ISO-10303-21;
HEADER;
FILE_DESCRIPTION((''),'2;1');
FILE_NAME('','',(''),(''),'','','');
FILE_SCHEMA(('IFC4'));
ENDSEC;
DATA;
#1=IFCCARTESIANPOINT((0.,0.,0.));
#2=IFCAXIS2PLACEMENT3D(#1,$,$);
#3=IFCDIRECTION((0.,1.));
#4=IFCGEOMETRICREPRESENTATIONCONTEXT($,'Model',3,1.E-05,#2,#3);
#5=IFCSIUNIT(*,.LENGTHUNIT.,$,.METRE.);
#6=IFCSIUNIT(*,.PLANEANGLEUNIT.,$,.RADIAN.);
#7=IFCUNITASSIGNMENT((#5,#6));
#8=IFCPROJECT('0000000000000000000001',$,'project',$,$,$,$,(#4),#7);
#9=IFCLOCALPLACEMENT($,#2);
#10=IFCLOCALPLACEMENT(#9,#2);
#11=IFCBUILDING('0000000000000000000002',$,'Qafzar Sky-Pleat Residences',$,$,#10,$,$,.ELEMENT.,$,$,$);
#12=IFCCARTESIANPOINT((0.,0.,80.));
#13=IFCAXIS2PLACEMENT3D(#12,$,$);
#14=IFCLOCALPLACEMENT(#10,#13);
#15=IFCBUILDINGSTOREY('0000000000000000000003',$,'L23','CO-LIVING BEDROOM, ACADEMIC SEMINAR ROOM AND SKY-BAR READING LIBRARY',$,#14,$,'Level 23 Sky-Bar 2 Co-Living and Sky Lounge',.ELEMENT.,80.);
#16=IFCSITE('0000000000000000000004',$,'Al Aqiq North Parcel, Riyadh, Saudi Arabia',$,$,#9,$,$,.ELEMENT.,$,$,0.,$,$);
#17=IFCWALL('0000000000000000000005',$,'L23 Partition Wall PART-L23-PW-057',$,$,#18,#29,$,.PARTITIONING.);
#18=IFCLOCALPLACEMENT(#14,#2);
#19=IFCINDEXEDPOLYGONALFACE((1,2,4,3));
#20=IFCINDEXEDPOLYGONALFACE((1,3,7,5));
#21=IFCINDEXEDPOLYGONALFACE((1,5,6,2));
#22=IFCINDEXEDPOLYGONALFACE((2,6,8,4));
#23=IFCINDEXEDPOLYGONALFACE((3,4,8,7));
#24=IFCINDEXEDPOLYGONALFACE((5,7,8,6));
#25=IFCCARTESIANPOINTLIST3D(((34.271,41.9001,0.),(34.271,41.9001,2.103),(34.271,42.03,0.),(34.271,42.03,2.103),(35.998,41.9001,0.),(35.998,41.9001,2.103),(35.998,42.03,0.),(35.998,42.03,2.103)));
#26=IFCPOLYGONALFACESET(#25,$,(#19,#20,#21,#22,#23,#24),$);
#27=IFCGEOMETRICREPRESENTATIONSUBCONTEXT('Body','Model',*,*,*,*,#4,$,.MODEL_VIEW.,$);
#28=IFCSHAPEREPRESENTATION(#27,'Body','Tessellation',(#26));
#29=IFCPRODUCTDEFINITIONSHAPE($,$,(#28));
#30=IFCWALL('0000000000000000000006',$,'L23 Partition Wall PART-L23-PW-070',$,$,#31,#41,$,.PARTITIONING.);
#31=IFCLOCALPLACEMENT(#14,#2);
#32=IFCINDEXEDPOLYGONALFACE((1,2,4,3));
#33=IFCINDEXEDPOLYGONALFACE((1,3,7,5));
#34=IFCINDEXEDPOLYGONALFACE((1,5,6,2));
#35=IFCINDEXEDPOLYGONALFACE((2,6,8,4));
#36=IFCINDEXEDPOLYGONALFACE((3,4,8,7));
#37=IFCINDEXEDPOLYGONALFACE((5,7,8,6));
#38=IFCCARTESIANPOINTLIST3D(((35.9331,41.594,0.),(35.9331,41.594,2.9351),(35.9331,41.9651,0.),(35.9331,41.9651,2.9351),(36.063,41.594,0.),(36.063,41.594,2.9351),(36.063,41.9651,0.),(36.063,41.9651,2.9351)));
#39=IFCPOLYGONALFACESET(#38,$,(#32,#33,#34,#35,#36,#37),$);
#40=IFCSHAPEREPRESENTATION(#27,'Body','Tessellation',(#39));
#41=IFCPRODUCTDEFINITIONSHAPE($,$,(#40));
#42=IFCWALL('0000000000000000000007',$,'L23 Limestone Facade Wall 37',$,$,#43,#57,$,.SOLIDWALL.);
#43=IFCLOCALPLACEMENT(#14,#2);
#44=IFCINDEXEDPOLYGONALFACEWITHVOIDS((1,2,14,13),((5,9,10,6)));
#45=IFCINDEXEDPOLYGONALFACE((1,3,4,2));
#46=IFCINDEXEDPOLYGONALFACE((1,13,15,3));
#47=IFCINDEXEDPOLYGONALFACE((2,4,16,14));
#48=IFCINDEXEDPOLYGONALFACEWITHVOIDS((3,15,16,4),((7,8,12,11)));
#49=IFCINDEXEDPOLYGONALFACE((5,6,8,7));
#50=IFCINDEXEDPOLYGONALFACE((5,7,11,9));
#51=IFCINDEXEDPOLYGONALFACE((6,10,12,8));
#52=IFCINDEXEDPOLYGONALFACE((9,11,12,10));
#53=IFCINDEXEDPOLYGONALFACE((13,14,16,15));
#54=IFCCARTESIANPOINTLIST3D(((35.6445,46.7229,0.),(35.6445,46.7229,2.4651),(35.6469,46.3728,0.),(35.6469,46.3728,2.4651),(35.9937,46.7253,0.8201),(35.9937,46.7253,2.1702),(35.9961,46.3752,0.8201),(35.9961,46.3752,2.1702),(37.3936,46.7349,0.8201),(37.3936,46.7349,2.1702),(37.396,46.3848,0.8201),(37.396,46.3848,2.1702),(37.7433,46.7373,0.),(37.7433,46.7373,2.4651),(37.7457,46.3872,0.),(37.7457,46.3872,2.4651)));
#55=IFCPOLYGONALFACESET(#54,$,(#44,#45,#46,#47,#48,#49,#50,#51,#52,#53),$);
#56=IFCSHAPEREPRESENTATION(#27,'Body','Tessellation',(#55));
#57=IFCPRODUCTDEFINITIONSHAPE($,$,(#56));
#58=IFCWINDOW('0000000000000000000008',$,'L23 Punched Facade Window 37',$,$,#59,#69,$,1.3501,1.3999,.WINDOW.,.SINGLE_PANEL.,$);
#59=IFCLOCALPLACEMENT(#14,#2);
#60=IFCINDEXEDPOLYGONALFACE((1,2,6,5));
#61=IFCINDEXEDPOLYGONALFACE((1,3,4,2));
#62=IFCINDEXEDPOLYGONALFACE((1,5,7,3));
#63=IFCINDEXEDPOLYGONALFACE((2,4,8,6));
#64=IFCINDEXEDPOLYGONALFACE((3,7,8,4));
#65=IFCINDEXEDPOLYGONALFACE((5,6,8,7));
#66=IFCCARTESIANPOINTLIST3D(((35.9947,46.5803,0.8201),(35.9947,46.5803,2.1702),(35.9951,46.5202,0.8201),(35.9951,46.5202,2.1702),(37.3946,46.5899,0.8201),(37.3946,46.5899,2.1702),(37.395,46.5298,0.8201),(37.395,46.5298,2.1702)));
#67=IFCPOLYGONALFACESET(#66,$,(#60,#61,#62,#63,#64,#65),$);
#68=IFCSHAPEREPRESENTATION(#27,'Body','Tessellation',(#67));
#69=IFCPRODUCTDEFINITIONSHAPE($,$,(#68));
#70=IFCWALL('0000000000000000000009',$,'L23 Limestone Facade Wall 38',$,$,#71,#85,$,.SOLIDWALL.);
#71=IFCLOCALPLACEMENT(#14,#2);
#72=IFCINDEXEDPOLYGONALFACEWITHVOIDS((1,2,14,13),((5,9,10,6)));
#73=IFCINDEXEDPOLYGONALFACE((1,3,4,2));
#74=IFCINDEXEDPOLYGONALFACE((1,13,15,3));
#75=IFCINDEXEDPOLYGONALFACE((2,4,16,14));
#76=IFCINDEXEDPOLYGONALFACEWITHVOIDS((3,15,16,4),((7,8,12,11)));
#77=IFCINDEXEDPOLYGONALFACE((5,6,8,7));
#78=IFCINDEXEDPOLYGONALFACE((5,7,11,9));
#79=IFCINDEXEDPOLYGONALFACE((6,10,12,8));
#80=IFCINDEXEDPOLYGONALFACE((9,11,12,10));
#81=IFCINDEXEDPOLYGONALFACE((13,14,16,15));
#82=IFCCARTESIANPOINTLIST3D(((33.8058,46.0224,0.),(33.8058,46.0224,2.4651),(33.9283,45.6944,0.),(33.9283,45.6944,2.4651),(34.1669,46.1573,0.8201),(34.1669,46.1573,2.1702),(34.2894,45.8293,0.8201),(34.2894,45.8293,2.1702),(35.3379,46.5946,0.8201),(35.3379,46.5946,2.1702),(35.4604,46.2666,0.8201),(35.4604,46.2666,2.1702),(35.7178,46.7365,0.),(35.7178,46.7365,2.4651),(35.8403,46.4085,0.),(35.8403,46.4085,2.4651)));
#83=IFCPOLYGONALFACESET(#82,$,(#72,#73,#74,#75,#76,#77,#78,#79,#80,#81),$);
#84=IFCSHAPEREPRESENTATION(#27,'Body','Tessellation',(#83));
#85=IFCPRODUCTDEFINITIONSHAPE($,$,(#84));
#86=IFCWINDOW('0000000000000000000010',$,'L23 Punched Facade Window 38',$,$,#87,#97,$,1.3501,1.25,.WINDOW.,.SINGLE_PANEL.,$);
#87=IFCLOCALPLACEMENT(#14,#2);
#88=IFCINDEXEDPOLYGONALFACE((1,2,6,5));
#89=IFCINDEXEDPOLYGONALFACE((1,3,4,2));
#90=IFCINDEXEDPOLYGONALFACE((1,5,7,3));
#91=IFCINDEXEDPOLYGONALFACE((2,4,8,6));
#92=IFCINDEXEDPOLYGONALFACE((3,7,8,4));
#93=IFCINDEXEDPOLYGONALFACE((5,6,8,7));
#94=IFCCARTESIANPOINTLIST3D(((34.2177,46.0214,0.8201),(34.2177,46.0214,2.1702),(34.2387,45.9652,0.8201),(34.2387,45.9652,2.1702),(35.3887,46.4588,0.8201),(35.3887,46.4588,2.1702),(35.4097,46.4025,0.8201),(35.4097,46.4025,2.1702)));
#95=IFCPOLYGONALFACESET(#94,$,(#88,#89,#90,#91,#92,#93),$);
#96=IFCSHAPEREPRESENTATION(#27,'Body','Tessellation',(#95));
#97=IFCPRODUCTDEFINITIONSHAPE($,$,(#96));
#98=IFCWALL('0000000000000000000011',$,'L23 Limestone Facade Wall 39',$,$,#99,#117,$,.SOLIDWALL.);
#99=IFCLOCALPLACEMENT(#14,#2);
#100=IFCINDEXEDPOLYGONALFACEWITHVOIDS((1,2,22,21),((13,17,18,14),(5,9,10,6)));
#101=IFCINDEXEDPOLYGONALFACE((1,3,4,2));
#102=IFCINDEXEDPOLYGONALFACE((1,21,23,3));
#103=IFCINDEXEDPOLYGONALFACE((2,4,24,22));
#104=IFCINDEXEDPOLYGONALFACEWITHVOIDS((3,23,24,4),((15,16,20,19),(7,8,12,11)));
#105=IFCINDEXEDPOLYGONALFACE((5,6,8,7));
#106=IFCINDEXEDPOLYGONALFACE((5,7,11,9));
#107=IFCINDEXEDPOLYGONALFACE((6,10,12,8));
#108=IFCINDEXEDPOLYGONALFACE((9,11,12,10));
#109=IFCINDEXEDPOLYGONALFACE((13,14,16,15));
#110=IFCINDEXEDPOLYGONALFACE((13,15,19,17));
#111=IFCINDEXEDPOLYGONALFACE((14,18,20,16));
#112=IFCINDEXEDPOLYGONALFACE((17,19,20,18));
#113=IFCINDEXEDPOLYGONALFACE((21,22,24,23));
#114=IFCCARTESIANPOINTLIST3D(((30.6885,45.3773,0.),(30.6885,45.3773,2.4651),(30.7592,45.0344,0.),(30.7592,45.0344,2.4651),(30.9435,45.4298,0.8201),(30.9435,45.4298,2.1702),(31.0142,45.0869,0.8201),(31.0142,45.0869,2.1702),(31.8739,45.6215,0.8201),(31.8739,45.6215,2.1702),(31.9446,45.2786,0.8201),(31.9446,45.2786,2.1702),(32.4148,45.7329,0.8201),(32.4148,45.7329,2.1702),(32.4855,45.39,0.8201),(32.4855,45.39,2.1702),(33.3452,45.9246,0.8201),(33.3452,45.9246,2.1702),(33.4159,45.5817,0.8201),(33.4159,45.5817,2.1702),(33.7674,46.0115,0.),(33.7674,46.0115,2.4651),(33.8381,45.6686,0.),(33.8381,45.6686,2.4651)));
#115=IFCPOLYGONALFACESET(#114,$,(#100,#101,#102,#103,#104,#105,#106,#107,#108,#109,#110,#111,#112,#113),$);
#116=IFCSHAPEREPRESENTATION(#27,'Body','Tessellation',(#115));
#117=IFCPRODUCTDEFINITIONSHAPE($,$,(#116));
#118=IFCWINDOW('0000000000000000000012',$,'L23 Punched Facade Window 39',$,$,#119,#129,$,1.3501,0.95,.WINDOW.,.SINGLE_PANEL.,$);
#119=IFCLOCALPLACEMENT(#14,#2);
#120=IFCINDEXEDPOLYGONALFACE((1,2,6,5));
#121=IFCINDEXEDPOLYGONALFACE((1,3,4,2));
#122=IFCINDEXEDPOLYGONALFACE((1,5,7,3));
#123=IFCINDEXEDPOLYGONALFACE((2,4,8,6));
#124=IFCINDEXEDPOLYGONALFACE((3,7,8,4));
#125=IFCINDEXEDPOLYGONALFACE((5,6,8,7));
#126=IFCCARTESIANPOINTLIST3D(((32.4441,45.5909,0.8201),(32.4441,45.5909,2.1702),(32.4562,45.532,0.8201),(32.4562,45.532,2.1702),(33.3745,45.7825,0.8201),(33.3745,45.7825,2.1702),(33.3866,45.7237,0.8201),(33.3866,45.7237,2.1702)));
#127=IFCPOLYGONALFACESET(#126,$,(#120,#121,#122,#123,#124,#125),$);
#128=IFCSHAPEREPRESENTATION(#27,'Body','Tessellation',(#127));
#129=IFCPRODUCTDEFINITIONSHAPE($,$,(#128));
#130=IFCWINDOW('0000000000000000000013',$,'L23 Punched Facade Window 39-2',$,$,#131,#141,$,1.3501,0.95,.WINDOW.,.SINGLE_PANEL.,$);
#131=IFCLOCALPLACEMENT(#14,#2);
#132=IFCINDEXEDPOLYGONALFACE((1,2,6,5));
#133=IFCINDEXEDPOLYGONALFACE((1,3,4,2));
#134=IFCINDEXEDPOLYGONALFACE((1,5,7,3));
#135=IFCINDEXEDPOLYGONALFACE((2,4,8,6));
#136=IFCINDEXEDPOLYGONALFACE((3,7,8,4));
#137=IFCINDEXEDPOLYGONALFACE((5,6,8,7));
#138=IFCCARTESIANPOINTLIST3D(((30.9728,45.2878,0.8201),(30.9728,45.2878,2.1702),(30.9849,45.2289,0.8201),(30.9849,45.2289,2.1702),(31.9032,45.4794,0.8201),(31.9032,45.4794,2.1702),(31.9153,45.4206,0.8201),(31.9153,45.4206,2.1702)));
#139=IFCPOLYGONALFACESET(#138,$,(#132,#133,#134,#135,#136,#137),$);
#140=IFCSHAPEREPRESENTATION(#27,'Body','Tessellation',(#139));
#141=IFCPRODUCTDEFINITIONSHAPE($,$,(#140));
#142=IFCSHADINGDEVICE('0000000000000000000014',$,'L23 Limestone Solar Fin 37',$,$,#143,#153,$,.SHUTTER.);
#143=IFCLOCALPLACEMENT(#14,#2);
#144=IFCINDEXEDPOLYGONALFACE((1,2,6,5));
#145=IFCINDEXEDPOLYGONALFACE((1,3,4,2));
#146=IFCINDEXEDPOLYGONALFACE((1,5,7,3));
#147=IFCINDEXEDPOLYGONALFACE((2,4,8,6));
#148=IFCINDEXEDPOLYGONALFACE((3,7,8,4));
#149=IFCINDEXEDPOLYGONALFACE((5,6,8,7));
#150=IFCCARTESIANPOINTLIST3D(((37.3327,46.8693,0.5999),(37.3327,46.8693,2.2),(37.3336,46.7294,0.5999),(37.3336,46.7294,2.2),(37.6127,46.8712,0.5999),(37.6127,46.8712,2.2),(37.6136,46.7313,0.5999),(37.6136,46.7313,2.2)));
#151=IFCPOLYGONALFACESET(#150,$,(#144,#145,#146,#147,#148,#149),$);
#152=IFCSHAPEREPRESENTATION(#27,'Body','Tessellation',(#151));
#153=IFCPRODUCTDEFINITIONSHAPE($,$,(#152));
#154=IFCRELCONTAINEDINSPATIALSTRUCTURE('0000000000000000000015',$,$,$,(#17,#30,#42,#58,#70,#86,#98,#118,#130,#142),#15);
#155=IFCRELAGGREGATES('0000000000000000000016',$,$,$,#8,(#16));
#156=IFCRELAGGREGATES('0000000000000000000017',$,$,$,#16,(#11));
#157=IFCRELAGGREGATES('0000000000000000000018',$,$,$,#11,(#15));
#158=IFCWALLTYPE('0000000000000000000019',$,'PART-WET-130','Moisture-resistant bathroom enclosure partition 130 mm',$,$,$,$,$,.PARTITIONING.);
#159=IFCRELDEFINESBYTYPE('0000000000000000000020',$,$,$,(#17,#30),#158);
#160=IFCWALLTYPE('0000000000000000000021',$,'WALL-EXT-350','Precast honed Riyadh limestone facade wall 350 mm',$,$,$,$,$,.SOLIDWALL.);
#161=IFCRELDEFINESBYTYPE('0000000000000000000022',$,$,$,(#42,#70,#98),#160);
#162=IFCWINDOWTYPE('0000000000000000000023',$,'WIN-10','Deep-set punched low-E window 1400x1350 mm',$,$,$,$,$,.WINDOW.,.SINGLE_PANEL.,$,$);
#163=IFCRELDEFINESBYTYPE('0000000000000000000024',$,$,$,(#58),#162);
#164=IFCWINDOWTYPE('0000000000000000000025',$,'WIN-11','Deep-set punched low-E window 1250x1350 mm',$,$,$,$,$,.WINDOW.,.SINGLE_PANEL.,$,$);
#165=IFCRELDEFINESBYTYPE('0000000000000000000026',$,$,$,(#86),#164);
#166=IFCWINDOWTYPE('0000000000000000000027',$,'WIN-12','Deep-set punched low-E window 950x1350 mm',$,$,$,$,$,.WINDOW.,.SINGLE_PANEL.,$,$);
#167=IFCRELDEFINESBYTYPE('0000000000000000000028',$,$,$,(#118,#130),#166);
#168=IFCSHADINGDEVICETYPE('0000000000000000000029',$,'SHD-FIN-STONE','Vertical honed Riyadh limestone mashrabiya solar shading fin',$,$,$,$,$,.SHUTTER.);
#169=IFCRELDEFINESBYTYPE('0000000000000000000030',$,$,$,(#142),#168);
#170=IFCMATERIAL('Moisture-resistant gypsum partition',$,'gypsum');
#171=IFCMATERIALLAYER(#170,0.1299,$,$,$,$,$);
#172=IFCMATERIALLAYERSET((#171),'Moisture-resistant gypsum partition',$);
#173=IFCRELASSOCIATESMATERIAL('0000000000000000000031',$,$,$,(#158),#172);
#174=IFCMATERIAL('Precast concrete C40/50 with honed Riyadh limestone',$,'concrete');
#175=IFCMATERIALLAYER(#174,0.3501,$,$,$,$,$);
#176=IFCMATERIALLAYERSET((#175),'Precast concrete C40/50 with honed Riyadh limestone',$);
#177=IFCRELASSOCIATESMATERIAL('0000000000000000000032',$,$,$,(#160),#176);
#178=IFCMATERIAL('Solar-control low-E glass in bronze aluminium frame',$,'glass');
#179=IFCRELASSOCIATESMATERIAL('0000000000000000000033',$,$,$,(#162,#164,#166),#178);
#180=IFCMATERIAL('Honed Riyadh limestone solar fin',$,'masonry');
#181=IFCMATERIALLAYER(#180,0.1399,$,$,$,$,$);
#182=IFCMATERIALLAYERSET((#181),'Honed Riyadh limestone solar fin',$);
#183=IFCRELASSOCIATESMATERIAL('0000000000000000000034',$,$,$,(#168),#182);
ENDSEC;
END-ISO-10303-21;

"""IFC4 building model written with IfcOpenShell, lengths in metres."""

from ifc_helpers import new_model, si_unit, direction, frame, frame_2d, origin, origin_2d, place, context, subcontext, project, spatial, rectangle, extrude, source, transform, mapped, material, layer, layer_set, type_object, element, fill, save


model = new_model("IFC4")

# Units and contexts
model_context = context("Model", 3, precision=1e-05, world=origin(), true_north=direction((0.0, 1.0)))
body_context = subcontext(model_context, "Body", "Model", "MODEL_VIEW")
ifc_project = project(units=[si_unit("LENGTHUNIT", "METRE"), si_unit("PLANEANGLEUNIT", "RADIAN")], contexts=[model_context])

# Site, building, storey
site_placement = place(None, origin())
site = spatial("IfcSite", under=ifc_project, at=site_placement, Name="Al Aqiq North Parcel, Riyadh, Saudi Arabia", CompositionType="ELEMENT", RefElevation=0.0)
building_placement = place(site_placement, origin())
building = spatial("IfcBuilding", under=site, at=building_placement, Name="Qafzar Sky-Pleat Residences", CompositionType="ELEMENT")
storey_placement = place(building_placement, frame((0.0, 0.0, 80.0)))
storey = spatial("IfcBuildingStorey", under=building, at=storey_placement, Name="L23", Description="CO-LIVING BEDROOM, ACADEMIC SEMINAR ROOM AND SKY-BAR READING LIBRARY", LongName="Level 23 Sky-Bar 2 Co-Living and Sky Lounge", CompositionType="ELEMENT", Elevation=80.0)

# Shared definitions
ifc_material_1 = material(Name="Moisture-resistant gypsum partition", Category="gypsum")
ifc_layer_1 = layer(ifc_material_1, 0.1299)
ifc_layer_set_1 = layer_set([ifc_layer_1], Name="Moisture-resistant gypsum partition")
wall_type_1 = type_object("IfcWallType", Name="PART-WET-130", Description="Moisture-resistant bathroom enclosure partition 130 mm", PredefinedType="PARTITIONING", material=ifc_layer_set_1)

# Walls
wall_1_placement = place(storey_placement, frame((34.271, 41.9651, 0.0), z_axis=(0.0, 0.0, 1.0), x_axis=(1.0, 0.0, 0.0)))
element("IfcWall", 1, at=wall_1_placement, inside=storey, type_object=wall_type_1, Name="L23 Partition Wall PART-L23-PW-057", PredefinedType="PARTITIONING", context=body_context, shape_type="SweptSolid", body=[
    extrude(rectangle(XDim=1.7271, YDim=0.1299, at=frame_2d((0.8635, 0.0))), origin(), (0.0, 0.0, 1.0), 2.103),
])
wall_2_placement = place(storey_placement, frame((35.998, 41.594, 0.0), z_axis=(0.0, 0.0, 1.0), x_axis=(0.0, 1.0, 0.0)))
element("IfcWall", 2, at=wall_2_placement, inside=storey, type_object=wall_type_1, Name="L23 Partition Wall PART-L23-PW-070", PredefinedType="PARTITIONING", context=body_context, shape_type="SweptSolid", body=[
    extrude(rectangle(XDim=0.3711, YDim=0.1299, at=frame_2d((0.1855, 0.0))), origin(), (0.0, 0.0, 1.0), 2.9351),
])

# Walls, openings, windows
ifc_material_2 = material(Name="Precast concrete C40/50 with honed Riyadh limestone", Category="concrete")
ifc_layer_2 = layer(ifc_material_2, 0.3501)
ifc_layer_set_2 = layer_set([ifc_layer_2], Name="Precast concrete C40/50 with honed Riyadh limestone")
wall_type_2 = type_object("IfcWallType", Name="WALL-EXT-350", Description="Precast honed Riyadh limestone facade wall 350 mm", PredefinedType="SOLIDWALL", material=ifc_layer_set_2)
wall_3_placement = place(storey_placement, frame((37.7444, 46.5623, 0.0), z_axis=(0.0, 0.0, 1.0), x_axis=(-0.999976, -0.006863, 0.0)))
wall_3 = element("IfcWall", 3, at=wall_3_placement, inside=storey, type_object=wall_type_2, Name="L23 Limestone Facade Wall 37", PredefinedType="SOLIDWALL", context=body_context, shape_type="SweptSolid", body=[
    extrude(rectangle(XDim=2.0989, YDim=0.3501, at=frame_2d((1.0493, 0.0))), origin(), (0.0, 0.0, 1.0), 2.4651),
])
opening_1_placement = place(wall_3_placement, frame((0.3496, 0.0, 0.8201)))
opening_1 = element("IfcOpeningElement", 4, at=opening_1_placement, cuts=wall_3, PredefinedType="OPENING", context=body_context, shape_type="SweptSolid", body=[
    extrude(rectangle(XDim=1.3999, YDim=1.3501, at=frame_2d((0.7, 0.675))), frame((0.0, 0.1851, 0.0), z_axis=(0.0, -1.0, 0.0), x_axis=(1.0, 0.0, 0.0)), (0.0, 0.0, 1.0), 0.3701),
])
ifc_material_3 = material(Name="Solar-control low-E glass in bronze aluminium frame", Category="glass")
window_type_1 = type_object("IfcWindowType", Name="WIN-10", Description="Deep-set punched low-E window 1400x1350 mm", PartitioningType="SINGLE_PANEL", PredefinedType="WINDOW", material=ifc_material_3)
shared_shape_1 = source(origin(), body_context, "Body", "SweptSolid", [
    extrude(rectangle(XDim=1.3999, YDim=1.3501, at=frame_2d((0.7, 0.675))), frame((0.0, 0.03, 0.0), z_axis=(0.0, -1.0, 0.0), x_axis=(1.0, 0.0, 0.0)), (0.0, 0.0, 1.0), 0.0601),
])
window_1_placement = place(opening_1_placement, origin())
window_1 = element("IfcWindow", 5, at=window_1_placement, inside=storey, type_object=window_type_1, Name="L23 Punched Facade Window 37", OverallHeight=1.3501, OverallWidth=1.3999, PartitioningType="SINGLE_PANEL", PredefinedType="WINDOW", context=body_context, shape_type="MappedRepresentation", body=[
    mapped(shared_shape_1, transform((0.0, 0.0, 0.0), x_axis=(1.0, 0.0, 0.0), y_axis=(0.0, 1.0, 0.0), z_axis=(0.0, 0.0, 1.0), scale=1.0)),
])
fill(opening_1, window_1)
wall_4_placement = place(storey_placement, frame((35.7791, 46.5725, 0.0), z_axis=(0.0, 0.0, 1.0), x_axis=(-0.9368, -0.349865, 0.0)))
wall_4 = element("IfcWall", 6, at=wall_4_placement, inside=storey, type_object=wall_type_2, Name="L23 Limestone Facade Wall 38", PredefinedType="SOLIDWALL", context=body_context, shape_type="SweptSolid", body=[
    extrude(rectangle(XDim=2.041, YDim=0.3501, at=frame_2d((1.0205, 0.0))), origin(), (0.0, 0.0, 1.0), 2.4651),
])
opening_2_placement = place(wall_4_placement, frame((0.4055, 0.0, 0.8201)))
opening_2 = element("IfcOpeningElement", 7, at=opening_2_placement, cuts=wall_4, PredefinedType="OPENING", context=body_context, shape_type="SweptSolid", body=[
    extrude(rectangle(XDim=1.25, YDim=1.3501, at=frame_2d((0.625, 0.675))), frame((0.0, 0.1851, 0.0), z_axis=(0.0, -1.0, 0.0), x_axis=(1.0, 0.0, 0.0)), (0.0, 0.0, 1.0), 0.3701),
])
window_type_2 = type_object("IfcWindowType", Name="WIN-11", Description="Deep-set punched low-E window 1250x1350 mm", PartitioningType="SINGLE_PANEL", PredefinedType="WINDOW", material=ifc_material_3)
shared_shape_2 = source(origin(), body_context, "Body", "SweptSolid", [
    extrude(rectangle(XDim=1.25, YDim=1.3501, at=frame_2d((0.625, 0.675))), frame((0.0, 0.03, 0.0), z_axis=(0.0, -1.0, 0.0), x_axis=(1.0, 0.0, 0.0)), (0.0, 0.0, 1.0), 0.0601),
])
window_2_placement = place(opening_2_placement, origin())
window_2 = element("IfcWindow", 8, at=window_2_placement, inside=storey, type_object=window_type_2, Name="L23 Punched Facade Window 38", OverallHeight=1.3501, OverallWidth=1.25, PartitioningType="SINGLE_PANEL", PredefinedType="WINDOW", context=body_context, shape_type="MappedRepresentation", body=[
    mapped(shared_shape_2, transform((0.0, 0.0, 0.0), x_axis=(1.0, 0.0, 0.0), y_axis=(0.0, 1.0, 0.0), z_axis=(0.0, 0.0, 1.0), scale=1.0)),
])
fill(opening_2, window_2)

# Wall, openings, windows
wall_5_placement = place(storey_placement, frame((33.8027, 45.8401, 0.0), z_axis=(0.0, 0.0, 1.0), x_axis=(-0.979432, -0.201773, 0.0)))
wall_5 = element("IfcWall", 9, at=wall_5_placement, inside=storey, type_object=wall_type_2, Name="L23 Limestone Facade Wall 39", PredefinedType="SOLIDWALL", context=body_context, shape_type="SweptSolid", body=[
    extrude(rectangle(XDim=3.1436, YDim=0.3501, at=frame_2d((1.5718, 0.0))), origin(), (0.0, 0.0, 1.0), 2.4651),
])
opening_3_placement = place(wall_5_placement, frame((0.4309, 0.0, 0.8201)))
opening_3 = element("IfcOpeningElement", 10, at=opening_3_placement, cuts=wall_5, PredefinedType="OPENING", context=body_context, shape_type="SweptSolid", body=[
    extrude(rectangle(XDim=0.95, YDim=1.3501, at=frame_2d((0.4751, 0.675))), frame((0.0, 0.1851, 0.0), z_axis=(0.0, -1.0, 0.0), x_axis=(1.0, 0.0, 0.0)), (0.0, 0.0, 1.0), 0.3701),
])
opening_4_placement = place(wall_5_placement, frame((1.9331, 0.0, 0.8201)))
opening_4 = element("IfcOpeningElement", 11, at=opening_4_placement, cuts=wall_5, PredefinedType="OPENING", context=body_context, shape_type="SweptSolid", body=[
    extrude(rectangle(XDim=0.95, YDim=1.3501, at=frame_2d((0.4751, 0.675))), frame((0.0, 0.1851, 0.0), z_axis=(0.0, -1.0, 0.0), x_axis=(1.0, 0.0, 0.0)), (0.0, 0.0, 1.0), 0.3701),
])
window_type_3 = type_object("IfcWindowType", Name="WIN-12", Description="Deep-set punched low-E window 950x1350 mm", PartitioningType="SINGLE_PANEL", PredefinedType="WINDOW", material=ifc_material_3)
shared_shape_3 = source(origin(), body_context, "Body", "SweptSolid", [
    extrude(rectangle(XDim=0.95, YDim=1.3501, at=frame_2d((0.4751, 0.675))), frame((0.0, 0.03, 0.0), z_axis=(0.0, -1.0, 0.0), x_axis=(1.0, 0.0, 0.0)), (0.0, 0.0, 1.0), 0.0601),
])
window_3_placement = place(opening_3_placement, origin())
window_3 = element("IfcWindow", 12, at=window_3_placement, inside=storey, type_object=window_type_3, Name="L23 Punched Facade Window 39", OverallHeight=1.3501, OverallWidth=0.95, PartitioningType="SINGLE_PANEL", PredefinedType="WINDOW", context=body_context, shape_type="MappedRepresentation", body=[
    mapped(shared_shape_3, transform((0.0, 0.0, 0.0), x_axis=(1.0, 0.0, 0.0), y_axis=(0.0, 1.0, 0.0), z_axis=(0.0, 0.0, 1.0), scale=1.0)),
])
fill(opening_3, window_3)
window_4_placement = place(opening_4_placement, origin())
window_4 = element("IfcWindow", 13, at=window_4_placement, inside=storey, type_object=window_type_3, Name="L23 Punched Facade Window 39-2", OverallHeight=1.3501, OverallWidth=0.95, PartitioningType="SINGLE_PANEL", PredefinedType="WINDOW", context=body_context, shape_type="MappedRepresentation", body=[
    mapped(shared_shape_3, transform((0.0, 0.0, 0.0), x_axis=(1.0, 0.0, 0.0), y_axis=(0.0, 1.0, 0.0), z_axis=(0.0, 0.0, 1.0), scale=1.0)),
])
fill(opening_4, window_4)

# Shading device
ifc_material_4 = material(Name="Honed Riyadh limestone solar fin", Category="masonry")
ifc_layer_3 = layer(ifc_material_4, 0.1399)
ifc_layer_set_3 = layer_set([ifc_layer_3], Name="Honed Riyadh limestone solar fin")
shading_device_type = type_object("IfcShadingDeviceType", Name="SHD-FIN-STONE", Description="Vertical honed Riyadh limestone mashrabiya solar shading fin", PredefinedType="SHUTTER", material=ifc_layer_set_3)
shared_shape_4 = source(origin(), body_context, "Body", "SweptSolid", [
    extrude(rectangle(XDim=0.1399, YDim=0.28, at=origin_2d()), origin(), (0.0, 0.0, 1.0), 1.6001),
])
shading_device_placement = place(storey_placement, frame((37.4731, 46.8003, 0.5999), z_axis=(0.0, 0.0, 1.0), x_axis=(-0.006822, 0.999977, 0.0)))
element("IfcShadingDevice", 14, at=shading_device_placement, inside=storey, type_object=shading_device_type, Name="L23 Limestone Solar Fin 37", PredefinedType="SHUTTER", context=body_context, shape_type="MappedRepresentation", body=[
    mapped(shared_shape_4, transform((0.0, 0.0, 0.0), x_axis=(1.0, 0.0, 0.0), y_axis=(0.0, 1.0, 0.0), z_axis=(0.0, 0.0, 1.0), scale=1.0)),
])

save(model, "model.ifc")
